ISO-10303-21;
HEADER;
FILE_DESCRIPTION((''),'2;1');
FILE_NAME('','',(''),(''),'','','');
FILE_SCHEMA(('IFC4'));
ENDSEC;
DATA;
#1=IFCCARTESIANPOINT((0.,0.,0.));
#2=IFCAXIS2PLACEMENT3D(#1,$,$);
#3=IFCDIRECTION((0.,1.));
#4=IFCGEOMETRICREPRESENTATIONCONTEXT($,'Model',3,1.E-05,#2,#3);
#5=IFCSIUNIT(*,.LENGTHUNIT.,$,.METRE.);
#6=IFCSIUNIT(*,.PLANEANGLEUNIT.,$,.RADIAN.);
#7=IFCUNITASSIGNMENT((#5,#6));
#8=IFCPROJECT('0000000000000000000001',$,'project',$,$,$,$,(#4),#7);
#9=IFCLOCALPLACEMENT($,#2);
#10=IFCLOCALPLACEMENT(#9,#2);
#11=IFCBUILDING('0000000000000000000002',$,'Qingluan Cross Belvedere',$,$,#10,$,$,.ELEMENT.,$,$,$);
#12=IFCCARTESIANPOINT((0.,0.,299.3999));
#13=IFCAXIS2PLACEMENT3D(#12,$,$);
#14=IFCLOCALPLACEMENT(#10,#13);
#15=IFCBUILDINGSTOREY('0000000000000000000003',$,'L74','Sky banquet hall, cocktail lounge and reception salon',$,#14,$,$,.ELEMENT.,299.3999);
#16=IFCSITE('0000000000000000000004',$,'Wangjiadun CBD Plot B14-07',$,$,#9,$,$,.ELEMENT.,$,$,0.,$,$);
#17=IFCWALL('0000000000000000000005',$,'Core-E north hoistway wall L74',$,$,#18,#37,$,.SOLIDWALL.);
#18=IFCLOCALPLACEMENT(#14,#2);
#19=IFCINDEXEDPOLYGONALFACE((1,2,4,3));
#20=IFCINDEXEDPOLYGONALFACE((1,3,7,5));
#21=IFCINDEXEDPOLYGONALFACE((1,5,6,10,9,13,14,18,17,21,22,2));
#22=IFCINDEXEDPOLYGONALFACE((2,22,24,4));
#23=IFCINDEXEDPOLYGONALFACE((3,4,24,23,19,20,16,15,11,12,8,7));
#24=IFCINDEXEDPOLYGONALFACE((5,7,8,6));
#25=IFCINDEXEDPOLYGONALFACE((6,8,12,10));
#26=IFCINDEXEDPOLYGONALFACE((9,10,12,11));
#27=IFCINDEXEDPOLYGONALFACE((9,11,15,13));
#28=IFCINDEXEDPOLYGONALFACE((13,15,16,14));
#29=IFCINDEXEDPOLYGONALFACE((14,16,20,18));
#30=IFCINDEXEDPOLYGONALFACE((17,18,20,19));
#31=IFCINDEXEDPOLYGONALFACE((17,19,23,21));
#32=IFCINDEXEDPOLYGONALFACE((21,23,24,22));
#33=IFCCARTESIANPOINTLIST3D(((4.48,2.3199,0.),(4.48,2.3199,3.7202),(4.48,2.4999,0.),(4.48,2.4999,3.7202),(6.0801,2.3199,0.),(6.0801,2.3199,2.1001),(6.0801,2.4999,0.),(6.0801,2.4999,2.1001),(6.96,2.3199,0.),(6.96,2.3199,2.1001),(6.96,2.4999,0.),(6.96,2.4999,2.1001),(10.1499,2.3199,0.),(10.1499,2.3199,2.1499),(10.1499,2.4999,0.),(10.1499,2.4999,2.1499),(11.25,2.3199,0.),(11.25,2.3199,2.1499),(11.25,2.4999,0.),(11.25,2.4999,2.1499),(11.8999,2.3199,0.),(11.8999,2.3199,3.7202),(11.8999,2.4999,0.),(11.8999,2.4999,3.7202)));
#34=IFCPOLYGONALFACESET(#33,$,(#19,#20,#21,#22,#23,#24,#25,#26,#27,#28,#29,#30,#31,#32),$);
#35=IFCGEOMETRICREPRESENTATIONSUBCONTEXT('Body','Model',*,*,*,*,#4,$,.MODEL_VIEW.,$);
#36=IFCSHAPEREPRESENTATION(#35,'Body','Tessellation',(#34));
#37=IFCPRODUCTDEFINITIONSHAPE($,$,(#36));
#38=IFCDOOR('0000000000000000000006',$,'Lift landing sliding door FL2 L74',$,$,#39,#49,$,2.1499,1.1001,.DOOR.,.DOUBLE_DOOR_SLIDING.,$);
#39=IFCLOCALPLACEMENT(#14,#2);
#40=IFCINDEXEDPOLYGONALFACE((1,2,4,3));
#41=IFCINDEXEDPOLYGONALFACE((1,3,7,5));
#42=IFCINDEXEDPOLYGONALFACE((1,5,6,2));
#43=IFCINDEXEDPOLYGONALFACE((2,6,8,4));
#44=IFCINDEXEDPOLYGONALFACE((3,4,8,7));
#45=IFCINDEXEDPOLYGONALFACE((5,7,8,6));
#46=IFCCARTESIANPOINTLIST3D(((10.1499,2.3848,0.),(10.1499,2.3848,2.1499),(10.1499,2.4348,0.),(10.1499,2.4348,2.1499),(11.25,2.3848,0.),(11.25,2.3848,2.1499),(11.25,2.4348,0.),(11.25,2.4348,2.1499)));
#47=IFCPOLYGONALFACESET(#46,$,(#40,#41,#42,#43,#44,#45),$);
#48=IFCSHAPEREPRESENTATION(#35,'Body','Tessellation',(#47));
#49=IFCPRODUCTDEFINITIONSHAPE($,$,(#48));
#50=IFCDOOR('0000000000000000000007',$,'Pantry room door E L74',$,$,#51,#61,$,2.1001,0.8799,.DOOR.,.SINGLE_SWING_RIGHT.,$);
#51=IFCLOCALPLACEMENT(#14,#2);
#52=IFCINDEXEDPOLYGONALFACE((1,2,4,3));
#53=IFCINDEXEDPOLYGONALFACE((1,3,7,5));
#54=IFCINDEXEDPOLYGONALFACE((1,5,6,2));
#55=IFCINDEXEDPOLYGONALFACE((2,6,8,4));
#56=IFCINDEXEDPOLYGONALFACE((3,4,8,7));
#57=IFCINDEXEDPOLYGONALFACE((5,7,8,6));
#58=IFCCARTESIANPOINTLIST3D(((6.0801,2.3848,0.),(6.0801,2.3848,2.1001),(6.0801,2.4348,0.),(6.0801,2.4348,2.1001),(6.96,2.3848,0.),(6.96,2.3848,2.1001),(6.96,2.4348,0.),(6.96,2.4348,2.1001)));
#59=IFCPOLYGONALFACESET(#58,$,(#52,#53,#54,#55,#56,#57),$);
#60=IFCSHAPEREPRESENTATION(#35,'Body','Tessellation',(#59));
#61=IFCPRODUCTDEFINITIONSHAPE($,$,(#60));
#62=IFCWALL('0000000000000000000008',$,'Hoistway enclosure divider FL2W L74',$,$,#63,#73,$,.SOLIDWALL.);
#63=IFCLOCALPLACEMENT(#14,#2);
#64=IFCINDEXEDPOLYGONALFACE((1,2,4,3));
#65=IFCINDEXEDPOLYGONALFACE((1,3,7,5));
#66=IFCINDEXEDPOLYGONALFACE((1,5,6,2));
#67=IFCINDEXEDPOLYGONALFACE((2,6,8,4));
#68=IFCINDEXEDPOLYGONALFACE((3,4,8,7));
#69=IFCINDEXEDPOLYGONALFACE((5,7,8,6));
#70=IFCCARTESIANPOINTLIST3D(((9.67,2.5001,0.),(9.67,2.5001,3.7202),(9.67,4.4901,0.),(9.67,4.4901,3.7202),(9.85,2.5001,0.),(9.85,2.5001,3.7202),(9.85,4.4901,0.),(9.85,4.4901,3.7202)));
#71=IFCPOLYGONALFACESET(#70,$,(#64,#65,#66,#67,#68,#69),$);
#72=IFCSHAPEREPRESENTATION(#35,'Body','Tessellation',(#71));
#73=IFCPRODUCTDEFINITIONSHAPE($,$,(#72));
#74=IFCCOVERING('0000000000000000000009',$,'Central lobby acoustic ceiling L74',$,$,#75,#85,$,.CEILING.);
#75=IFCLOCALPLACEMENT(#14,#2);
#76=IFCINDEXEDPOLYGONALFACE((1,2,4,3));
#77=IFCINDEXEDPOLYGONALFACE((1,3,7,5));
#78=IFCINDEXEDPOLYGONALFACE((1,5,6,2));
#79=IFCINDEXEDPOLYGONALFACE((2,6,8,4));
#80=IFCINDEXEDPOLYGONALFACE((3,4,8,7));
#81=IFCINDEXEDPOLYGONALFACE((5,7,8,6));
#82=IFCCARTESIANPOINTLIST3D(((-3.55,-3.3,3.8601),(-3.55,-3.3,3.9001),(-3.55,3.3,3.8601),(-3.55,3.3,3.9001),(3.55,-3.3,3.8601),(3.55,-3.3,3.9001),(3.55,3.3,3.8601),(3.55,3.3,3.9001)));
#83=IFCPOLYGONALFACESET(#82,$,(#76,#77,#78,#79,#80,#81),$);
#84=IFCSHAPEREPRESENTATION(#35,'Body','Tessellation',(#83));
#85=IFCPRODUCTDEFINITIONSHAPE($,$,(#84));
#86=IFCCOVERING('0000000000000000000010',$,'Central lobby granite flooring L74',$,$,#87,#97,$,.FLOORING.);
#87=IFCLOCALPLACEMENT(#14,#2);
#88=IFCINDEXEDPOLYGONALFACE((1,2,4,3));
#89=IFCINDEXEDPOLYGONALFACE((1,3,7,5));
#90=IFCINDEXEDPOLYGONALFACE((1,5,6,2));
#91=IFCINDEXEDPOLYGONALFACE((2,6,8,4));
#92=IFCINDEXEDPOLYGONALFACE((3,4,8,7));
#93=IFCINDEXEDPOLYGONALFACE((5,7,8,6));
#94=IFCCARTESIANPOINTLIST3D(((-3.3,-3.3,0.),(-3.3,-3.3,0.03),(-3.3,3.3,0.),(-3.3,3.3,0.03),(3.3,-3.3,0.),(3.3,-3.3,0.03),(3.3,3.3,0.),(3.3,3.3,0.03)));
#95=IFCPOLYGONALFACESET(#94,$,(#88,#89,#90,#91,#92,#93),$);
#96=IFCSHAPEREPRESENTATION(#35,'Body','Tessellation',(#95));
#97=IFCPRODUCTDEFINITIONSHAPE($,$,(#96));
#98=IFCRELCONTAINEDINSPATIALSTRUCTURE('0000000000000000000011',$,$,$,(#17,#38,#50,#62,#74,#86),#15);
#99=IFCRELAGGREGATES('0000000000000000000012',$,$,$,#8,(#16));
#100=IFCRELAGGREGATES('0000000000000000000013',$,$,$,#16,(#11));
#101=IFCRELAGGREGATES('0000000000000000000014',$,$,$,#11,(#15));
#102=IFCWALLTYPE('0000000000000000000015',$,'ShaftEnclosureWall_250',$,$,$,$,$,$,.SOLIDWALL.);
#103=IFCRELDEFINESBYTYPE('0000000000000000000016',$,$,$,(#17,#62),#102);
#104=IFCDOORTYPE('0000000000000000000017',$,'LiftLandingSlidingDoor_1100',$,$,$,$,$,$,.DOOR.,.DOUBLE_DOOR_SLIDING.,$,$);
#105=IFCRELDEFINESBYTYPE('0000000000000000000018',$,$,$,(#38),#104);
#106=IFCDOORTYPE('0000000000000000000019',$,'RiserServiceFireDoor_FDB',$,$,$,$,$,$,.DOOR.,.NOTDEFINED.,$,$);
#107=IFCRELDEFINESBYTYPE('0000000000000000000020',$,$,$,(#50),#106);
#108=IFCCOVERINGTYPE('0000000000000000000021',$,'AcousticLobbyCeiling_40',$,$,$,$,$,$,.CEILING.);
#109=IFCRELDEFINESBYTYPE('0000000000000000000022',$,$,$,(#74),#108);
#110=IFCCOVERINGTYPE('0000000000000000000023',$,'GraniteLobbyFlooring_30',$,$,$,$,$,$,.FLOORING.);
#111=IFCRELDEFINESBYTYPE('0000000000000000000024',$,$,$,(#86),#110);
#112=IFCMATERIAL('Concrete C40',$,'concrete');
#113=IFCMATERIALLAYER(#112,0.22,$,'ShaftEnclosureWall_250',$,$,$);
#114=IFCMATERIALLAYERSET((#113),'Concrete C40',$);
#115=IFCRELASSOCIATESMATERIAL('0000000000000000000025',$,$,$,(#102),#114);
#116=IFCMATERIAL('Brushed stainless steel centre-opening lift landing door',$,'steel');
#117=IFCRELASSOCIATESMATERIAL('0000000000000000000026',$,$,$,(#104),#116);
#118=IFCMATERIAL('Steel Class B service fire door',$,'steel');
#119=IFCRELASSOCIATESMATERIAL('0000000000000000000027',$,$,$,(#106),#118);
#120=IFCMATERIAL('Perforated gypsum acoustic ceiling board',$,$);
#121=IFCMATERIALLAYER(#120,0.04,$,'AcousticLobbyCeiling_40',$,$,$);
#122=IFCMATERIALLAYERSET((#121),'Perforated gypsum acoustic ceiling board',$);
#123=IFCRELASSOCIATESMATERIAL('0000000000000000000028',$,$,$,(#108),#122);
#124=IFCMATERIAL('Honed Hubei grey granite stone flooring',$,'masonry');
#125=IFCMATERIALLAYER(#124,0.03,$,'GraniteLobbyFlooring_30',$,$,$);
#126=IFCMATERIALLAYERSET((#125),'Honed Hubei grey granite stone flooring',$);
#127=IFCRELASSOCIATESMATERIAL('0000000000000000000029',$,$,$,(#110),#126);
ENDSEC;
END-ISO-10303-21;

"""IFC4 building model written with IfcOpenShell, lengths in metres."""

from ifc_helpers import new_model, si_unit, direction, frame, frame_2d, origin, origin_with_axes, origin_2d, place, context, subcontext, project, spatial, rectangle, extrude, material, layer, layer_set, type_object, element, fill, save


model = new_model("IFC4")

# Units and contexts
model_context = context("Model", 3, precision=1e-05, world=origin(), true_north=direction((0.0, 1.0)))
body_context = subcontext(model_context, "Body", "Model", "MODEL_VIEW")
ifc_project = project(units=[si_unit("LENGTHUNIT", "METRE"), si_unit("PLANEANGLEUNIT", "RADIAN")], contexts=[model_context])

# Site, building, storey
site_placement = place(None, origin())
site = spatial("IfcSite", under=ifc_project, at=site_placement, Name="Wangjiadun CBD Plot B14-07", CompositionType="ELEMENT", RefElevation=0.0)
building_placement = place(site_placement, origin())
building = spatial("IfcBuilding", under=site, at=building_placement, Name="Qingluan Cross Belvedere", CompositionType="ELEMENT")
storey_placement = place(building_placement, frame((0.0, 0.0, 299.3999)))
storey = spatial("IfcBuildingStorey", under=building, at=storey_placement, Name="L74", Description="Sky banquet hall, cocktail lounge and reception salon", CompositionType="ELEMENT", Elevation=299.3999)

# Wall, openings, doors
ifc_material_1 = material(Name="Concrete C40", Category="concrete")
ifc_layer_1 = layer(ifc_material_1, 0.22, Name="ShaftEnclosureWall_250")
ifc_layer_set_1 = layer_set([ifc_layer_1], Name="Concrete C40")
wall_type_1 = type_object("IfcWallType", Name="ShaftEnclosureWall_250", PredefinedType="SOLIDWALL", material=ifc_layer_set_1)
wall_1_placement = place(storey_placement, frame((4.48, 2.4099, 0.0), z_axis=(0.0, 0.0, 1.0), x_axis=(1.0, 0.0, 0.0)))
wall_1 = element("IfcWall", 1, at=wall_1_placement, inside=storey, type_object=wall_type_1, Name="Core-E north hoistway wall L74", PredefinedType="SOLIDWALL", context=body_context, shape_type="SweptSolid", body=[
    extrude(rectangle(XDim=7.4199, YDim=0.1799, at=frame_2d((3.71, 0.0))), origin(), (0.0, 0.0, 1.0), 3.7202),
])
opening_1_placement = place(wall_1_placement, frame((5.6699, 0.0, 0.0)))
opening_1 = element("IfcOpeningElement", 2, at=opening_1_placement, cuts=wall_1, PredefinedType="OPENING", context=body_context, shape_type="SweptSolid", body=[
    extrude(rectangle(XDim=1.1001, YDim=2.1499, at=frame_2d((0.55, 1.075))), frame((0.0, 0.0999, 0.0), z_axis=(0.0, -1.0, 0.0), x_axis=(1.0, 0.0, 0.0)), (0.0, 0.0, 1.0), 0.2),
])
opening_2_placement = place(wall_1_placement, frame((1.6001, 0.0, 0.0)))
opening_2 = element("IfcOpeningElement", 3, at=opening_2_placement, cuts=wall_1, PredefinedType="OPENING", context=body_context, shape_type="SweptSolid", body=[
    extrude(rectangle(XDim=0.8799, YDim=2.1001, at=frame_2d((0.4399, 1.05))), frame((0.0, 0.0999, 0.0), z_axis=(0.0, -1.0, 0.0), x_axis=(1.0, 0.0, 0.0)), (0.0, 0.0, 1.0), 0.2),
])
ifc_material_2 = material(Name="Brushed stainless steel centre-opening lift landing door", Category="steel")
door_type_1 = type_object("IfcDoorType", Name="LiftLandingSlidingDoor_1100", OperationType="DOUBLE_DOOR_SLIDING", PredefinedType="DOOR", material=ifc_material_2)
door_1_placement = place(opening_1_placement, origin())
door_1 = element("IfcDoor", 4, at=door_1_placement, inside=storey, type_object=door_type_1, Name="Lift landing sliding door FL2 L74", OperationType="DOUBLE_DOOR_SLIDING", OverallHeight=2.1499, OverallWidth=1.1001, PredefinedType="DOOR", context=body_context, shape_type="SweptSolid", body=[
    extrude(rectangle(XDim=1.1001, YDim=2.1499, at=frame_2d((0.55, 1.075))), frame((0.0, 0.0249, 0.0), z_axis=(0.0, -1.0, 0.0), x_axis=(1.0, 0.0, 0.0)), (0.0, 0.0, 1.0), 0.05),
])
fill(opening_1, door_1)
ifc_material_3 = material(Name="Steel Class B service fire door", Category="steel")
door_type_2 = type_object("IfcDoorType", Name="RiserServiceFireDoor_FDB", OperationType="NOTDEFINED", PredefinedType="DOOR", material=ifc_material_3)
door_2_placement = place(opening_2_placement, origin())
door_2 = element("IfcDoor", 5, at=door_2_placement, inside=storey, type_object=door_type_2, Name="Pantry room door E L74", OperationType="SINGLE_SWING_RIGHT", OverallHeight=2.1001, OverallWidth=0.8799, PredefinedType="DOOR", context=body_context, shape_type="SweptSolid", body=[
    extrude(rectangle(XDim=0.8799, YDim=2.1001, at=frame_2d((0.4399, 1.05))), frame((0.0, 0.0249, 0.0), z_axis=(0.0, -1.0, 0.0), x_axis=(1.0, 0.0, 0.0)), (0.0, 0.0, 1.0), 0.05),
])
fill(opening_2, door_2)

# Wall
wall_2_placement = place(storey_placement, frame((9.76, 2.5, 0.0), z_axis=(0.0, 0.0, 1.0), x_axis=(0.0, 1.0, 0.0)))
element("IfcWall", 6, at=wall_2_placement, inside=storey, type_object=wall_type_1, Name="Hoistway enclosure divider FL2W L74", PredefinedType="SOLIDWALL", context=body_context, shape_type="SweptSolid", body=[
    extrude(rectangle(XDim=1.99, YDim=0.1799, at=frame_2d((0.9951, 0.0))), origin(), (0.0, 0.0, 1.0), 3.7202),
])

# Coverings
ifc_material_4 = material(Name="Perforated gypsum acoustic ceiling board")
ifc_layer_2 = layer(ifc_material_4, 0.04, Name="AcousticLobbyCeiling_40")
ifc_layer_set_2 = layer_set([ifc_layer_2], Name="Perforated gypsum acoustic ceiling board")
covering_type_1 = type_object("IfcCoveringType", Name="AcousticLobbyCeiling_40", PredefinedType="CEILING", material=ifc_layer_set_2)
covering_1_placement = place(storey_placement, frame((0.0, 0.0, 3.8601), z_axis=(0.0, 0.0, 1.0), x_axis=(1.0, 0.0, 0.0)))
element("IfcCovering", 7, at=covering_1_placement, inside=storey, type_object=covering_type_1, Name="Central lobby acoustic ceiling L74", PredefinedType="CEILING", context=body_context, shape_type="SweptSolid", body=[
    extrude(rectangle(XDim=7.1001, YDim=6.6001, at=origin_2d()), origin(), (0.0, 0.0, 1.0), 0.04),
])
ifc_material_5 = material(Name="Honed Hubei grey granite stone flooring", Category="masonry")
ifc_layer_3 = layer(ifc_material_5, 0.03, Name="GraniteLobbyFlooring_30")
ifc_layer_set_3 = layer_set([ifc_layer_3], Name="Honed Hubei grey granite stone flooring")
covering_type_2 = type_object("IfcCoveringType", Name="GraniteLobbyFlooring_30", PredefinedType="FLOORING", material=ifc_layer_set_3)
covering_2_placement = place(storey_placement, origin_with_axes())
element("IfcCovering", 8, at=covering_2_placement, inside=storey, type_object=covering_type_2, Name="Central lobby granite flooring L74", PredefinedType="FLOORING", context=body_context, shape_type="SweptSolid", body=[
    extrude(rectangle(XDim=6.6001, YDim=6.6001, at=origin_2d()), origin(), (0.0, 0.0, 1.0), 0.03),
])

save(model, "model.ifc")
